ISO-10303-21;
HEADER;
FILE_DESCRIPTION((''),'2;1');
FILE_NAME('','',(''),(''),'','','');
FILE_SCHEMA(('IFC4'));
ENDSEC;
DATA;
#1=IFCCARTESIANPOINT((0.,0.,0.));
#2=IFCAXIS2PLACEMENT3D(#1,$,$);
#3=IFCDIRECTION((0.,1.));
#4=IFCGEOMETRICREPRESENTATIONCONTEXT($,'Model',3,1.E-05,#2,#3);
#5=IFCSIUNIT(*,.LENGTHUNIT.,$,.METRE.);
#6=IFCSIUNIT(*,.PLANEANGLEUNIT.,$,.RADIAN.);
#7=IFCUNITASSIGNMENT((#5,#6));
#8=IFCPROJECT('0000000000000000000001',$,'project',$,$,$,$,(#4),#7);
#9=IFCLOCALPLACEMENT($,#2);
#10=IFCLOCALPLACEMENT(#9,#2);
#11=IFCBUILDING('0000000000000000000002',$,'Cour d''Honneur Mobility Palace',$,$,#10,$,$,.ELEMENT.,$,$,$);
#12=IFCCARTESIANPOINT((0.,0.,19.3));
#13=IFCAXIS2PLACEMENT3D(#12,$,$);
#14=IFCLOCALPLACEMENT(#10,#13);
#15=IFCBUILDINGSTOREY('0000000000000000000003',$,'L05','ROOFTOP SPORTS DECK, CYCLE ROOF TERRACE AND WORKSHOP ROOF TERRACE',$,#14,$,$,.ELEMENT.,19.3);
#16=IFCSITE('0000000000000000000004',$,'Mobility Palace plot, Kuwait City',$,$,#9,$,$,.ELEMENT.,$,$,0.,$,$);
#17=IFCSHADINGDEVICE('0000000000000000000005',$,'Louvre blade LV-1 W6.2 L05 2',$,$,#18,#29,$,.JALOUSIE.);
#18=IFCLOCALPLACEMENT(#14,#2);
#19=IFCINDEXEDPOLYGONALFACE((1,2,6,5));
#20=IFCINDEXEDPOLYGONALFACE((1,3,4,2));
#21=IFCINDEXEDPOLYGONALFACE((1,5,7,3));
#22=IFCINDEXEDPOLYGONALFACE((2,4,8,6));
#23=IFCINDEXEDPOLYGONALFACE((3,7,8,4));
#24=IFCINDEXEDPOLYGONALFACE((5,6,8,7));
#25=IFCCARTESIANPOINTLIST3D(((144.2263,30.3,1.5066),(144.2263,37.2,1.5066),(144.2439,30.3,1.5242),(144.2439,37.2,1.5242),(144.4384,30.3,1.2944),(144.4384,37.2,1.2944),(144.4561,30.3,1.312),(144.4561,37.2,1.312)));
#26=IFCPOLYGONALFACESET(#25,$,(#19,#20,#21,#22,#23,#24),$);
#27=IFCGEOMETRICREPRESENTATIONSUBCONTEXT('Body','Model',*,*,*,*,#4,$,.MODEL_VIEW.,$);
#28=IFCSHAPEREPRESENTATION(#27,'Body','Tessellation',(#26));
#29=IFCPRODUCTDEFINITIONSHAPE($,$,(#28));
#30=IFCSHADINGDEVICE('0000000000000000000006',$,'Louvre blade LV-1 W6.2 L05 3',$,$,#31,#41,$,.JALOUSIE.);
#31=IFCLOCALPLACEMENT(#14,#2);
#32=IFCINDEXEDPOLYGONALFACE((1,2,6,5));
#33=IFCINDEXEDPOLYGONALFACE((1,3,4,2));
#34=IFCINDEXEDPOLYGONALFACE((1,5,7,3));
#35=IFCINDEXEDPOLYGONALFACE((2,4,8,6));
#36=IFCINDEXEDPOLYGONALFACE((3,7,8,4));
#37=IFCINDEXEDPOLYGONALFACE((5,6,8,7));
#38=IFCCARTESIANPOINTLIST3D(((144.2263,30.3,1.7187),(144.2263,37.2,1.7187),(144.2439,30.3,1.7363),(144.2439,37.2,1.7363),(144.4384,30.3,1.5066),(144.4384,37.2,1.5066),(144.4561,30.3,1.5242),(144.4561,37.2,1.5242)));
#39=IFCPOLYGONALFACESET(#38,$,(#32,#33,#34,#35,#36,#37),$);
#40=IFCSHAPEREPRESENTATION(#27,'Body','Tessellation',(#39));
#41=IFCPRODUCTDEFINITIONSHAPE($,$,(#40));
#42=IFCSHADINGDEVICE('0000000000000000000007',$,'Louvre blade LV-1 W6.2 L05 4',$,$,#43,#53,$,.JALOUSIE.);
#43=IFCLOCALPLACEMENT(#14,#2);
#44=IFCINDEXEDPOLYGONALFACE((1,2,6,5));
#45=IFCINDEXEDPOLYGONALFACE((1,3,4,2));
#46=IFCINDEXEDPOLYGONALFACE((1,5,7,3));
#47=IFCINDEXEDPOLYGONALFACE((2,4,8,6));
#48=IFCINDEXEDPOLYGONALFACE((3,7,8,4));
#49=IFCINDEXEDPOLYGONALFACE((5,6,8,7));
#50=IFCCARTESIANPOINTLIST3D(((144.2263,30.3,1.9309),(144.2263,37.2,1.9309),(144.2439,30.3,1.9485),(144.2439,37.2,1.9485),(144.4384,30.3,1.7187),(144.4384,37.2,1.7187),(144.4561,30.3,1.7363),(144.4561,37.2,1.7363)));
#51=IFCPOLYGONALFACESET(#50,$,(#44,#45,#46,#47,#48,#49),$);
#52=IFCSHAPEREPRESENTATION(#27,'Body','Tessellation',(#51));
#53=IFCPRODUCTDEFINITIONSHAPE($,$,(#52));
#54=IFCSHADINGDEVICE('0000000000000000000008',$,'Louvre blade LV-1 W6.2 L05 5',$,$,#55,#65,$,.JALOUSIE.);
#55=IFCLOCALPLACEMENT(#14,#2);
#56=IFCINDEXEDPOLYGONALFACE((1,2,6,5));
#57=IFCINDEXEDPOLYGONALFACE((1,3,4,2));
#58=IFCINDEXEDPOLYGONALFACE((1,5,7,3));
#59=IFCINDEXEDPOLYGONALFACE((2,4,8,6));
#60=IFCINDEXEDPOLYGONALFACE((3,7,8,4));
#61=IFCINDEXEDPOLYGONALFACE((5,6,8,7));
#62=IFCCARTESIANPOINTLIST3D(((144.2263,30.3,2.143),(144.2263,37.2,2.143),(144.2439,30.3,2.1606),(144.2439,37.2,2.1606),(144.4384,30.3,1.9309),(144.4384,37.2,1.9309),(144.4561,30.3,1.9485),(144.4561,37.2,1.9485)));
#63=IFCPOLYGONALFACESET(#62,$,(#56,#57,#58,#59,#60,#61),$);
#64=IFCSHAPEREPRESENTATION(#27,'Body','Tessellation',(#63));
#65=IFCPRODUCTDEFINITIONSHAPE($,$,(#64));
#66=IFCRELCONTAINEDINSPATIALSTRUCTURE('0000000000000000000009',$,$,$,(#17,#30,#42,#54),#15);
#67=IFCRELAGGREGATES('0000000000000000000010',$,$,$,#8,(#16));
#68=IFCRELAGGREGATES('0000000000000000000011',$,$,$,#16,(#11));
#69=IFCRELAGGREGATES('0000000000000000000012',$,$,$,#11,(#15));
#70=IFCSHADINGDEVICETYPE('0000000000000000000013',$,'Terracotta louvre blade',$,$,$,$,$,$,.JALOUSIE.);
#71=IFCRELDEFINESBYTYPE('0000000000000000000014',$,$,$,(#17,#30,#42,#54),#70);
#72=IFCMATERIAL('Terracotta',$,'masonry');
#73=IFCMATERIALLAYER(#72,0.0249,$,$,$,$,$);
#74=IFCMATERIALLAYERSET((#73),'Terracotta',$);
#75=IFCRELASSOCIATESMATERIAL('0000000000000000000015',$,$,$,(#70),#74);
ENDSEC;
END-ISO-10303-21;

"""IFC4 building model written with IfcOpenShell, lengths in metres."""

from ifc_helpers import new_model, si_unit, direction, frame, origin, place, context, subcontext, project, spatial, polyline, outline, extrude, material, layer, layer_set, type_object, element, save


model = new_model("IFC4")

# Units and contexts
model_context = context("Model", 3, precision=1e-05, world=origin(), true_north=direction((0.0, 1.0)))
body_context = subcontext(model_context, "Body", "Model", "MODEL_VIEW")
ifc_project = project(units=[si_unit("LENGTHUNIT", "METRE"), si_unit("PLANEANGLEUNIT", "RADIAN")], contexts=[model_context])

# Site, building, storey
site_placement = place(None, origin())
site = spatial("IfcSite", under=ifc_project, at=site_placement, Name="Mobility Palace plot, Kuwait City", CompositionType="ELEMENT", RefElevation=0.0)
building_placement = place(site_placement, origin())
building = spatial("IfcBuilding", under=site, at=building_placement, Name="Cour d'Honneur Mobility Palace", CompositionType="ELEMENT")
storey_placement = place(building_placement, frame((0.0, 0.0, 19.3)))
storey = spatial("IfcBuildingStorey", under=building, at=storey_placement, Name="L05", Description="ROOFTOP SPORTS DECK, CYCLE ROOF TERRACE AND WORKSHOP ROOF TERRACE", CompositionType="ELEMENT", Elevation=19.3)

# Shading devices
ifc_material_1 = material(Name="Terracotta", Category="masonry")
ifc_layer_1 = layer(ifc_material_1, 0.0249)
ifc_layer_set_1 = layer_set([ifc_layer_1], Name="Terracotta")
shading_device_type = type_object("IfcShadingDeviceType", Name="Terracotta louvre blade", PredefinedType="JALOUSIE", material=ifc_layer_set_1)
for number, where, z_axis, x_axis, name in (
    (1, (144.4561, 37.2, 1.312), (0.707107, 0.0, 0.707107), (0.0, -1.0, 0.0), "Louvre blade LV-1 W6.2 L05 2"),
    (2, (144.4561, 37.2, 1.5242), (0.707107, 0.0, 0.707107), (0.0, -1.0, 0.0), "Louvre blade LV-1 W6.2 L05 3"),
    (3, (144.4561, 37.2, 1.7363), (0.707107, 0.0, 0.707107), (0.0, -1.0, 0.0), "Louvre blade LV-1 W6.2 L05 4"),
    (4, (144.4561, 37.2, 1.9485), (0.707107, 0.0, 0.707107), (0.0, -1.0, 0.0), "Louvre blade LV-1 W6.2 L05 5"),
):
    element("IfcShadingDevice", number, at=place(storey_placement, frame(where, z_axis=z_axis, x_axis=x_axis)), inside=storey, type_object=shading_device_type, Name=name, PredefinedType="JALOUSIE", context=body_context, shape_type="SweptSolid", body=[
        extrude(outline(polyline([(0.0, 0.0), (6.8999, 0.0), (6.8999, -0.3), (0.0, -0.3), (0.0, 0.0)])), origin(), (0.0, 0.0, -1.0), 0.0249),
    ])

save(model, "model.ifc")
